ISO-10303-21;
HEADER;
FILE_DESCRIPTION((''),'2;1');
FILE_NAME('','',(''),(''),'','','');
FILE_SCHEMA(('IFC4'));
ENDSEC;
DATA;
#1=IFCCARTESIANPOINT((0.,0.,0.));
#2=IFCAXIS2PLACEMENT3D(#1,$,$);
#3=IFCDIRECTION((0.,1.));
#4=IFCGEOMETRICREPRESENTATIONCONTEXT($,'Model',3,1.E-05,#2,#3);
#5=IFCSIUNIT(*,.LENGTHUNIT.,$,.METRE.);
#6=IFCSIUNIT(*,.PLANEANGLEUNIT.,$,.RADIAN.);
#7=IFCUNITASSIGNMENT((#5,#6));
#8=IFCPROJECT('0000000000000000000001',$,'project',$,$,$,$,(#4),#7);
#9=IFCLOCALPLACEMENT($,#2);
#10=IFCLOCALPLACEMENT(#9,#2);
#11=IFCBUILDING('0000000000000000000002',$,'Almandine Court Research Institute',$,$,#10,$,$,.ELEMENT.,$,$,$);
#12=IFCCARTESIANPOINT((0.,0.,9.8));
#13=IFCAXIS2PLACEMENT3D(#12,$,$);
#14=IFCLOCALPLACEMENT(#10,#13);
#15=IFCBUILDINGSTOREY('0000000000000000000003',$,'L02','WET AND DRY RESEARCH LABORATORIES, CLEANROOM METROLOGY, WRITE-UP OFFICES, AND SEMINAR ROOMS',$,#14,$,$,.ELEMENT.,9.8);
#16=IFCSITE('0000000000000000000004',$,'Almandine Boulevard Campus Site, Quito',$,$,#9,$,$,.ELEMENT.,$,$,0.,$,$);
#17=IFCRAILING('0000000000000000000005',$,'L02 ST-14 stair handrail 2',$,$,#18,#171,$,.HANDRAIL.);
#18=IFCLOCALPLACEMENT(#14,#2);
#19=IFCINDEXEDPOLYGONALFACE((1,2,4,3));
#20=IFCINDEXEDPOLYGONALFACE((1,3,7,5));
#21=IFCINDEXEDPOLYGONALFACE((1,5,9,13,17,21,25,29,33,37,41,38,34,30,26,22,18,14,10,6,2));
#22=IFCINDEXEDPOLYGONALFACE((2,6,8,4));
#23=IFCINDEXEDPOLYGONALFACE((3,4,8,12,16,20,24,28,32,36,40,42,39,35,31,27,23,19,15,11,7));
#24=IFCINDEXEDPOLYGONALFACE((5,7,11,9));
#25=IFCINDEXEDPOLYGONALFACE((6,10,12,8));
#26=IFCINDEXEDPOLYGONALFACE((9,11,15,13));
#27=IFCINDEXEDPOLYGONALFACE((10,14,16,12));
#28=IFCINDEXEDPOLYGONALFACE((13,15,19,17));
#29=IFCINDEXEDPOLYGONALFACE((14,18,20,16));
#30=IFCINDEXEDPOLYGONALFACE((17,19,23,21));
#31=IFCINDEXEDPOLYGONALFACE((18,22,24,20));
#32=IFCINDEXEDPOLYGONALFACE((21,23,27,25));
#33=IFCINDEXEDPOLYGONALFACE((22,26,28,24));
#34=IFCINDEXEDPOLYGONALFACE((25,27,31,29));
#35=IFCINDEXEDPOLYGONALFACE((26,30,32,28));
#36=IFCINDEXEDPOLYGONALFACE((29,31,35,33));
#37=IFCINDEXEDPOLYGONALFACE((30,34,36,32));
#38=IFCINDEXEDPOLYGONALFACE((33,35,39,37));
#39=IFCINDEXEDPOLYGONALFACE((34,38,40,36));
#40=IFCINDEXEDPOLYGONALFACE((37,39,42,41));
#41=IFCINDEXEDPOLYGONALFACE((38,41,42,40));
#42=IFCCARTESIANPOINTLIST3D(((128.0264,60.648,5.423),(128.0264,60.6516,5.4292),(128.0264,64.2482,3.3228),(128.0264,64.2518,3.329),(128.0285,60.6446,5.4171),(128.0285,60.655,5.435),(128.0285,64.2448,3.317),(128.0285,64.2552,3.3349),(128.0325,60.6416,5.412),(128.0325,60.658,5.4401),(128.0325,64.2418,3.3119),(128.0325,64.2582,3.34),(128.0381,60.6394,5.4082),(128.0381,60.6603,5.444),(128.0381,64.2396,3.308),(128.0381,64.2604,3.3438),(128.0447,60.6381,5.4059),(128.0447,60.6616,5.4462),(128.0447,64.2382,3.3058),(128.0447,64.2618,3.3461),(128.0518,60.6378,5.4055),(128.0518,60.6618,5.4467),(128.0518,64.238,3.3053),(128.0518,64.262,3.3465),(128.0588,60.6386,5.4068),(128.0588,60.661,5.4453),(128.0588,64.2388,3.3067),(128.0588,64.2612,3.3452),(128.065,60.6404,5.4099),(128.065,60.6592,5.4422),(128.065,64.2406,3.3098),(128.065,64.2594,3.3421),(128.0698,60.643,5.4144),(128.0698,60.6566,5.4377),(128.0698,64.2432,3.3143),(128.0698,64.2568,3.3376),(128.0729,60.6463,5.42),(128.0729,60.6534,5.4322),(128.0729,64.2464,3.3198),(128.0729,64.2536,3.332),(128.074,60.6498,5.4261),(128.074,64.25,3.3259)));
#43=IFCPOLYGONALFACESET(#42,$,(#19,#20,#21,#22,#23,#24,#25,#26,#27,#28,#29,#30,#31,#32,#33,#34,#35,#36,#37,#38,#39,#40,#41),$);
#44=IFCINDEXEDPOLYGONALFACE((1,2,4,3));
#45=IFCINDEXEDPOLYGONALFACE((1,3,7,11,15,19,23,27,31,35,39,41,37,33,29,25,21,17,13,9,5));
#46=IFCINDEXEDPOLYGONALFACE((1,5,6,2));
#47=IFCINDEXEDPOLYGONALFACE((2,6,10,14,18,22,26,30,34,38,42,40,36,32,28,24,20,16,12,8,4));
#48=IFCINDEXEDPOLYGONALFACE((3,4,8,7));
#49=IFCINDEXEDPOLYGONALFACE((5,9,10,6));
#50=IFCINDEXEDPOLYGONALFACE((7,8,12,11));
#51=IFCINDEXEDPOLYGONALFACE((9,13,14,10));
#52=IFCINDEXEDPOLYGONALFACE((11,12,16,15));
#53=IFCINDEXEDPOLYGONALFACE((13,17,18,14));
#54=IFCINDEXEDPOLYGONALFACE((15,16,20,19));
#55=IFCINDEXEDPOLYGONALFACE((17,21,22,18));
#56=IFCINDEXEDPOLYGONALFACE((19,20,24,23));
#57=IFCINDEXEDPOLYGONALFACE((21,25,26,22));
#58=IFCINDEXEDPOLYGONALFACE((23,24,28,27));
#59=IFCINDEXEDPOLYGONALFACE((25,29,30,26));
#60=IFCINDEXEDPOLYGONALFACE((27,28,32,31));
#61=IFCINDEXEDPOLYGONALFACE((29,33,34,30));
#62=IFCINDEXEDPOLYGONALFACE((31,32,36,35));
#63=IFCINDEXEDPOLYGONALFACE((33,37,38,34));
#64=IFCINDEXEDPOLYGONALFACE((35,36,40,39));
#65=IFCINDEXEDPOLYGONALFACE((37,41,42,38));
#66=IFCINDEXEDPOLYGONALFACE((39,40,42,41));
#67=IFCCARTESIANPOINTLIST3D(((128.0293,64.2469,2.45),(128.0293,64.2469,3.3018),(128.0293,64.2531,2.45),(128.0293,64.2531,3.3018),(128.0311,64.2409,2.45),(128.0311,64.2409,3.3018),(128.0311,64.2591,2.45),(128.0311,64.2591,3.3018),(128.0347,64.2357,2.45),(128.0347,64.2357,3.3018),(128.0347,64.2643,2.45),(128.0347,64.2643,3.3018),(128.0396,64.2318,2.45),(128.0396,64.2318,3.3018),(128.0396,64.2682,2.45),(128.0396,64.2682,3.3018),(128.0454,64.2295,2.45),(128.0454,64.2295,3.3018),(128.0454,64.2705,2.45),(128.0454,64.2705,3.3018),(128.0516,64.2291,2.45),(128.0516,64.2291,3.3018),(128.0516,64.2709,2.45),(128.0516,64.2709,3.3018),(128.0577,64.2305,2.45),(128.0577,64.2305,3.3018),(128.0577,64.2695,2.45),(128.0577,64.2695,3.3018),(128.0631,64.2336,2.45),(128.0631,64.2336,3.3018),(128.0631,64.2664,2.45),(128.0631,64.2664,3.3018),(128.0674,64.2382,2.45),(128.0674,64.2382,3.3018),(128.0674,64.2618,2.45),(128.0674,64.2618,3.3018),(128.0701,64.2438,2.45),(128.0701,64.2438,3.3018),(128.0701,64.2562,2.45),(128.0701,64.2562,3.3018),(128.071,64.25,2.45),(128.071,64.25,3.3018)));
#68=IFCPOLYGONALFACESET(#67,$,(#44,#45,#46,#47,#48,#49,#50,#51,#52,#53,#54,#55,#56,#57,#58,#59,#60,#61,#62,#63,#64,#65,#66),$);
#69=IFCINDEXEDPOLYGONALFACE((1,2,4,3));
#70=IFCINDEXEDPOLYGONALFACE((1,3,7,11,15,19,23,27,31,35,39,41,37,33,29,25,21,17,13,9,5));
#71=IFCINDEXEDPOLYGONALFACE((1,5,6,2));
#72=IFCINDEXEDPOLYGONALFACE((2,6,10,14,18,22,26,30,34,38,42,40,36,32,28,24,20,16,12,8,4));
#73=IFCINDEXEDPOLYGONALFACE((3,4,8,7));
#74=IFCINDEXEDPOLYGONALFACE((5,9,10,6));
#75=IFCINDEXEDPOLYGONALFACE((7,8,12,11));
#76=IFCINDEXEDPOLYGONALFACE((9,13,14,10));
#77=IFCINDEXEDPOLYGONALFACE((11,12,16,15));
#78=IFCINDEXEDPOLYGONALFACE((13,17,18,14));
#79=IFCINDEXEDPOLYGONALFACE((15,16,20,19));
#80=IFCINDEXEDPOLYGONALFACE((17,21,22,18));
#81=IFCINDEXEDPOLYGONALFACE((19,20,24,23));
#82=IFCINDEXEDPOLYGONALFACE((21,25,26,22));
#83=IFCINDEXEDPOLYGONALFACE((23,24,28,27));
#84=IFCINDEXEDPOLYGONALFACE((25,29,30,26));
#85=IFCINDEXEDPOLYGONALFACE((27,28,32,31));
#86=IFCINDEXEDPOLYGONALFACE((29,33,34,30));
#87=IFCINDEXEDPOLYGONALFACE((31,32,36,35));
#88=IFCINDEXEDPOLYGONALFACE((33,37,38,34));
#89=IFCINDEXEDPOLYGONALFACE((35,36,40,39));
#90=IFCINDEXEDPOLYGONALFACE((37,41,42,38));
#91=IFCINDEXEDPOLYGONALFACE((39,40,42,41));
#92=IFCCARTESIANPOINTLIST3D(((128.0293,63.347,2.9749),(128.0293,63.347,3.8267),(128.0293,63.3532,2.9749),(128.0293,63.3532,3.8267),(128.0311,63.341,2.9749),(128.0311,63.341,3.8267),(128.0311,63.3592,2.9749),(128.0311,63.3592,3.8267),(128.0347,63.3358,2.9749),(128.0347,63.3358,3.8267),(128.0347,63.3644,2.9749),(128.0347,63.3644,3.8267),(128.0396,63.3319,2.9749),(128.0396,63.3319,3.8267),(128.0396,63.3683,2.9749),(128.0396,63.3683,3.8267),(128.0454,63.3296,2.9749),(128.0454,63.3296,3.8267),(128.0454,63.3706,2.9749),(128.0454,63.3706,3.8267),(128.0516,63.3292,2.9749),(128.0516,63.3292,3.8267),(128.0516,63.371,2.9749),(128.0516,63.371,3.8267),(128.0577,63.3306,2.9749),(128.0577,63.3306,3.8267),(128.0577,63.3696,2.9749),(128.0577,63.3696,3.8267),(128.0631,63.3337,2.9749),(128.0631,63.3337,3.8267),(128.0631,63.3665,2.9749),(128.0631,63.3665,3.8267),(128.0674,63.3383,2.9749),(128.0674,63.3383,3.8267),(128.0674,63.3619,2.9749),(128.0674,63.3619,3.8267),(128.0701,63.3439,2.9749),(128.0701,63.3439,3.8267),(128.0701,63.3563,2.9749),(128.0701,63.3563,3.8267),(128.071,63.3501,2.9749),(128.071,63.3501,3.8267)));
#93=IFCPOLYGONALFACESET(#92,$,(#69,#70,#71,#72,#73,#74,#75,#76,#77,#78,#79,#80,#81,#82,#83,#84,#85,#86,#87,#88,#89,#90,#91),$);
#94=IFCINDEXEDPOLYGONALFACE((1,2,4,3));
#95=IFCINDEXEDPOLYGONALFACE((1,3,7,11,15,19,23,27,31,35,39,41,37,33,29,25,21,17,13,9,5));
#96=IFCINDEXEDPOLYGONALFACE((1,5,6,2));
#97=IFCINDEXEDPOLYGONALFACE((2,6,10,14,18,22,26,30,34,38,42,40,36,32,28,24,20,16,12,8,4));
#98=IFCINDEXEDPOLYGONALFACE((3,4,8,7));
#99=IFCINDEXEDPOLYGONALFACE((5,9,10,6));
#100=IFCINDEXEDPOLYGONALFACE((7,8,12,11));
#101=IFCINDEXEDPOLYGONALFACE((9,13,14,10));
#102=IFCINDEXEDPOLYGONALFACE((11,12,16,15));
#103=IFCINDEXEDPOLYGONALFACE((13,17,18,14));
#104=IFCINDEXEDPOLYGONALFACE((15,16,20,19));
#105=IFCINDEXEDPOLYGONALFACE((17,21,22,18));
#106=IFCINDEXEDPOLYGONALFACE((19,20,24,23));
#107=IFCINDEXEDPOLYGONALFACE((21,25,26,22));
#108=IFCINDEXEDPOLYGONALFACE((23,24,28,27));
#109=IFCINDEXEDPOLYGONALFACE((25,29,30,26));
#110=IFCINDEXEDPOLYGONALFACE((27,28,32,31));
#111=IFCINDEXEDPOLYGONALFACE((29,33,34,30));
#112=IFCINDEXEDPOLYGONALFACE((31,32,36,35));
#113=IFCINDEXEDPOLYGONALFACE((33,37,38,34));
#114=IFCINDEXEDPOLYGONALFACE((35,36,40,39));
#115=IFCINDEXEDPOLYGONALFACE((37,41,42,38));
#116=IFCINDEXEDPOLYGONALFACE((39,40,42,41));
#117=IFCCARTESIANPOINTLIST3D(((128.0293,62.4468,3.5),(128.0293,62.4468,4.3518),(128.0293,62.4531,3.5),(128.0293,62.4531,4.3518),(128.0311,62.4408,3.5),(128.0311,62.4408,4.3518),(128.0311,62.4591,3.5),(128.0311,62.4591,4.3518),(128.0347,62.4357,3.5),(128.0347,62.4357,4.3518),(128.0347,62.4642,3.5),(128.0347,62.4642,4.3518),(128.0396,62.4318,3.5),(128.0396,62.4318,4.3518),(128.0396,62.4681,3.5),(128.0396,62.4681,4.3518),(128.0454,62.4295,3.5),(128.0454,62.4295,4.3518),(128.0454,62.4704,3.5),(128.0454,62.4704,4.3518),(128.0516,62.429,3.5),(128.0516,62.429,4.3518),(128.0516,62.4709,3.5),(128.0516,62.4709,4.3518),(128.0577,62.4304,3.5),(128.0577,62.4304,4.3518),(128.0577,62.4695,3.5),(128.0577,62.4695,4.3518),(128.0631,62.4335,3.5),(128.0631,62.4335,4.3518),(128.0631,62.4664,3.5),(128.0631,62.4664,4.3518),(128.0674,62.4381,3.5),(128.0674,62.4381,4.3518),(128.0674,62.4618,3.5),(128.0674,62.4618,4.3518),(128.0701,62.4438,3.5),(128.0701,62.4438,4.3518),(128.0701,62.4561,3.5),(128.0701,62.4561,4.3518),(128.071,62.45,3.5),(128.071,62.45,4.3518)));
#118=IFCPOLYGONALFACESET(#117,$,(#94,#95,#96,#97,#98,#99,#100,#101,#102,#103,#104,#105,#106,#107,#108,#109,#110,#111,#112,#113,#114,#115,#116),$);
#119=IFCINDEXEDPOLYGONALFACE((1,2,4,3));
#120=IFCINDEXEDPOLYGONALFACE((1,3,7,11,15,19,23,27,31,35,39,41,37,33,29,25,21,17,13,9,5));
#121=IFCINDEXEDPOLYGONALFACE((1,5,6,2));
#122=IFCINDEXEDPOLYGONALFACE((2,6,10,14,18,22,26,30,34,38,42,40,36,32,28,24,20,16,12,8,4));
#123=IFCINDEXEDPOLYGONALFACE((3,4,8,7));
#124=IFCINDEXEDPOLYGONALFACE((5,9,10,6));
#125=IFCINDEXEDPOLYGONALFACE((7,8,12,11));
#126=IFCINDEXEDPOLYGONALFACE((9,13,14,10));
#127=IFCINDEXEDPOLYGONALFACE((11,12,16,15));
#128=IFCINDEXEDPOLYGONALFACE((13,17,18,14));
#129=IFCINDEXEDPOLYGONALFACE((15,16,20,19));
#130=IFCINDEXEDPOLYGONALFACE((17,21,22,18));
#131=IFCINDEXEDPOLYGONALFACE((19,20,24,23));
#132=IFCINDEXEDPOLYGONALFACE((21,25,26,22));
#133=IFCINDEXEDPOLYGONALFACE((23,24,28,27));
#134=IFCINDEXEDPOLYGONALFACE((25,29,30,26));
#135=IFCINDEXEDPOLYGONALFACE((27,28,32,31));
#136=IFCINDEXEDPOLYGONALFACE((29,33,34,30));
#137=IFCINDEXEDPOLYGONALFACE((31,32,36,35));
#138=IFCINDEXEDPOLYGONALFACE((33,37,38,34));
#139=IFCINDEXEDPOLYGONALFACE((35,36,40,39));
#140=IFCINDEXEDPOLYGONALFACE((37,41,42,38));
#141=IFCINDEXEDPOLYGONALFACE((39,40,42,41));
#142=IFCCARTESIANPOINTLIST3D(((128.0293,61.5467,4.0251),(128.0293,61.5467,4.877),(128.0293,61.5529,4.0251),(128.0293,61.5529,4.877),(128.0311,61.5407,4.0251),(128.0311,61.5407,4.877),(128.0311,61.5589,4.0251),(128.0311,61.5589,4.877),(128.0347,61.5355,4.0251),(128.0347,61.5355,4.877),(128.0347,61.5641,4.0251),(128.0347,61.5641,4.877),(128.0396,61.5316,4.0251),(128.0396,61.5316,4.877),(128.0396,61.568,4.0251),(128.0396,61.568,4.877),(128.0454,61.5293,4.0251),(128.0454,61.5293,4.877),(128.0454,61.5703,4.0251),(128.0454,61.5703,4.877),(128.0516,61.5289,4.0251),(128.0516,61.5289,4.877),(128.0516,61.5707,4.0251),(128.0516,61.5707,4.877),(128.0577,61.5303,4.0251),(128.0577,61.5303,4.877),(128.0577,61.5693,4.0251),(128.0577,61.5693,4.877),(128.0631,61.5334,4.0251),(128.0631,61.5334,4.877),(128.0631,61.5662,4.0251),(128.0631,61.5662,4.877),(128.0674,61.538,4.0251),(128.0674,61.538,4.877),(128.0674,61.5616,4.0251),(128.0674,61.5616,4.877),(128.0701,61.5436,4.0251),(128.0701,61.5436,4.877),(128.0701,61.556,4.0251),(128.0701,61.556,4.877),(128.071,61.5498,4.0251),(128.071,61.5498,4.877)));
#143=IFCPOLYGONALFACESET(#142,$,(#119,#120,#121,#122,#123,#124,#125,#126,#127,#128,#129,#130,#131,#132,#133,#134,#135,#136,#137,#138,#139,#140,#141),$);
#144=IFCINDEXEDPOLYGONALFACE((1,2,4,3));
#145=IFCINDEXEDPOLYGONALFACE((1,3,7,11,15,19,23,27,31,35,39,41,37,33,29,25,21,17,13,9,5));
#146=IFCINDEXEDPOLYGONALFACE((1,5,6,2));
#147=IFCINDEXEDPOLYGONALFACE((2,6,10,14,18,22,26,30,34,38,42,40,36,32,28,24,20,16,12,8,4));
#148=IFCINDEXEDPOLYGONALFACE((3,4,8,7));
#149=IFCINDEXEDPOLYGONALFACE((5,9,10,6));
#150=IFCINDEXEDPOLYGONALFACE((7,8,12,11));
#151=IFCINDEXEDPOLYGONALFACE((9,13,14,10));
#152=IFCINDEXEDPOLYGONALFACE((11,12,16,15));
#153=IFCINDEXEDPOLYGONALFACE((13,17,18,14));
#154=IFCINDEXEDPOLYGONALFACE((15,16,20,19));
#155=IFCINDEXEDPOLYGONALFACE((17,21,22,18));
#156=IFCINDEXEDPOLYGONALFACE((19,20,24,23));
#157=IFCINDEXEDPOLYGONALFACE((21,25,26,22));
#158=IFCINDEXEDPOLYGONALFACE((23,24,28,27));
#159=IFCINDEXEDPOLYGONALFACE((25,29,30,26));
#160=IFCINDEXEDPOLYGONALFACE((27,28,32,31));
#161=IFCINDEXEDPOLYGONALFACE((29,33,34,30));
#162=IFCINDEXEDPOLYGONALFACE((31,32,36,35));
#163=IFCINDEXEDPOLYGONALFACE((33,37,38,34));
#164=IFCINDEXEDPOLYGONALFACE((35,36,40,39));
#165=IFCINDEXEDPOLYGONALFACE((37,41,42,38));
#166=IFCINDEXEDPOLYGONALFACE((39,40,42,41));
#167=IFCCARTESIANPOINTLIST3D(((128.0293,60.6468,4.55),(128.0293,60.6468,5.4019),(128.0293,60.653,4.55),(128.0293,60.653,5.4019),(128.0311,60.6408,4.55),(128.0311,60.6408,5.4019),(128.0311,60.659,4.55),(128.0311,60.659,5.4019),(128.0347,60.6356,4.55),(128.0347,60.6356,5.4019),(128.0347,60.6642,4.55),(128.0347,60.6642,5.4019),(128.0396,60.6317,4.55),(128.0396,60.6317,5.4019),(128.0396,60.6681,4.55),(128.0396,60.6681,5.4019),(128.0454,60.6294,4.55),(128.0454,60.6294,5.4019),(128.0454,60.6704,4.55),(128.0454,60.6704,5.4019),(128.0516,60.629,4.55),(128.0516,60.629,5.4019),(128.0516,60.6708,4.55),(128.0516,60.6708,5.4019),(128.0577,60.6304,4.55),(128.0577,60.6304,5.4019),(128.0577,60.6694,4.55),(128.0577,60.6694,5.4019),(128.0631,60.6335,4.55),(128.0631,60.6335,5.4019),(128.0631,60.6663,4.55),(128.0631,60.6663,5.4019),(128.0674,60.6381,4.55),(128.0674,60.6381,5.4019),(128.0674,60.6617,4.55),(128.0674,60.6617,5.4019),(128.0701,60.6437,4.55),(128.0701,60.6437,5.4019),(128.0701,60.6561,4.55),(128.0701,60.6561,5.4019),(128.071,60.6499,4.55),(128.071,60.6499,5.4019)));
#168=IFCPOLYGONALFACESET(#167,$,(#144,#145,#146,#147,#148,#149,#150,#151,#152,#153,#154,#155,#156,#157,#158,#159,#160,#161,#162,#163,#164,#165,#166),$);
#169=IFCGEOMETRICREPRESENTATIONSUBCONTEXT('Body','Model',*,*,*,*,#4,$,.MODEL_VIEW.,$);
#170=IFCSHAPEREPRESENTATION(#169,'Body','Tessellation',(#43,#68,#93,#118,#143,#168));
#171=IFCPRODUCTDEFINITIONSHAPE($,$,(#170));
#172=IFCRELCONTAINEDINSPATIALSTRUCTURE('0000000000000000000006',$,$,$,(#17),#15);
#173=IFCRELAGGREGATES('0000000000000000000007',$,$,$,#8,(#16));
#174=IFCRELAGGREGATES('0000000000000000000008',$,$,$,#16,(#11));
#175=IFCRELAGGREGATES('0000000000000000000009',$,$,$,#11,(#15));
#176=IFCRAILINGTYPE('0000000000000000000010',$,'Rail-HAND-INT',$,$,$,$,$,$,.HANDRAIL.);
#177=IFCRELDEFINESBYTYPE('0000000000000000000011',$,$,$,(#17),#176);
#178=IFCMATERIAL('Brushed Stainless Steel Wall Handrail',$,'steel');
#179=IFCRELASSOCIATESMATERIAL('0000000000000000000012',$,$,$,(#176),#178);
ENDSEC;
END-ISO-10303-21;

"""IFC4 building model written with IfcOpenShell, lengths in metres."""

from ifc_helpers import new_model, si_unit, direction, frame, origin, origin_2d, place, context, subcontext, project, spatial, circle, extrude, material, type_object, element, save


model = new_model("IFC4")

# Units and contexts
model_context = context("Model", 3, precision=1e-05, world=origin(), true_north=direction((0.0, 1.0)))
body_context = subcontext(model_context, "Body", "Model", "MODEL_VIEW")
ifc_project = project(units=[si_unit("LENGTHUNIT", "METRE"), si_unit("PLANEANGLEUNIT", "RADIAN")], contexts=[model_context])

# Site, building, storey
site_placement = place(None, origin())
site = spatial("IfcSite", under=ifc_project, at=site_placement, Name="Almandine Boulevard Campus Site, Quito", CompositionType="ELEMENT", RefElevation=0.0)
building_placement = place(site_placement, origin())
building = spatial("IfcBuilding", under=site, at=building_placement, Name="Almandine Court Research Institute", CompositionType="ELEMENT")
storey_placement = place(building_placement, frame((0.0, 0.0, 9.8)))
storey = spatial("IfcBuildingStorey", under=building, at=storey_placement, Name="L02", Description="WET AND DRY RESEARCH LABORATORIES, CLEANROOM METROLOGY, WRITE-UP OFFICES, AND SEMINAR ROOMS", CompositionType="ELEMENT", Elevation=9.8)

# Railing
ifc_material_1 = material(Name="Brushed Stainless Steel Wall Handrail", Category="steel")
railing_type_1 = type_object("IfcRailingType", Name="Rail-HAND-INT", PredefinedType="HANDRAIL", material=ifc_material_1)
railing_1_placement = place(storey_placement, frame((128.05, 64.25, 2.45)))
element("IfcRailing", 1, at=railing_1_placement, inside=storey, type_object=railing_type_1, Name="L02 ST-14 stair handrail 2", PredefinedType="HANDRAIL", context=body_context, shape_type="SweptSolid", body=[
    extrude(circle(Radius=0.0239, at=origin_2d()), frame((0.0, 0.0, 0.876), z_axis=(0.0, -0.863775, 0.503878), x_axis=(1.0, 0.0, 0.0)), (0.0, 0.0, 1.0), 4.168),
    extrude(circle(Radius=0.021, at=origin_2d()), origin(), (0.0, 0.0, 1.0), 0.8518),
    extrude(circle(Radius=0.021, at=origin_2d()), frame((0.0, -0.8999, 0.5249)), (0.0, 0.0, 1.0), 0.8518),
    extrude(circle(Radius=0.021, at=origin_2d()), frame((0.0, -1.8, 1.05)), (0.0, 0.0, 1.0), 0.8518),
    extrude(circle(Radius=0.021, at=origin_2d()), frame((0.0, -2.7002, 1.5752)), (0.0, 0.0, 1.0), 0.8518),
    extrude(circle(Radius=0.021, at=origin_2d()), frame((0.0, -3.6001, 2.1001)), (0.0, 0.0, 1.0), 0.8518),
])

save(model, "model.ifc")
